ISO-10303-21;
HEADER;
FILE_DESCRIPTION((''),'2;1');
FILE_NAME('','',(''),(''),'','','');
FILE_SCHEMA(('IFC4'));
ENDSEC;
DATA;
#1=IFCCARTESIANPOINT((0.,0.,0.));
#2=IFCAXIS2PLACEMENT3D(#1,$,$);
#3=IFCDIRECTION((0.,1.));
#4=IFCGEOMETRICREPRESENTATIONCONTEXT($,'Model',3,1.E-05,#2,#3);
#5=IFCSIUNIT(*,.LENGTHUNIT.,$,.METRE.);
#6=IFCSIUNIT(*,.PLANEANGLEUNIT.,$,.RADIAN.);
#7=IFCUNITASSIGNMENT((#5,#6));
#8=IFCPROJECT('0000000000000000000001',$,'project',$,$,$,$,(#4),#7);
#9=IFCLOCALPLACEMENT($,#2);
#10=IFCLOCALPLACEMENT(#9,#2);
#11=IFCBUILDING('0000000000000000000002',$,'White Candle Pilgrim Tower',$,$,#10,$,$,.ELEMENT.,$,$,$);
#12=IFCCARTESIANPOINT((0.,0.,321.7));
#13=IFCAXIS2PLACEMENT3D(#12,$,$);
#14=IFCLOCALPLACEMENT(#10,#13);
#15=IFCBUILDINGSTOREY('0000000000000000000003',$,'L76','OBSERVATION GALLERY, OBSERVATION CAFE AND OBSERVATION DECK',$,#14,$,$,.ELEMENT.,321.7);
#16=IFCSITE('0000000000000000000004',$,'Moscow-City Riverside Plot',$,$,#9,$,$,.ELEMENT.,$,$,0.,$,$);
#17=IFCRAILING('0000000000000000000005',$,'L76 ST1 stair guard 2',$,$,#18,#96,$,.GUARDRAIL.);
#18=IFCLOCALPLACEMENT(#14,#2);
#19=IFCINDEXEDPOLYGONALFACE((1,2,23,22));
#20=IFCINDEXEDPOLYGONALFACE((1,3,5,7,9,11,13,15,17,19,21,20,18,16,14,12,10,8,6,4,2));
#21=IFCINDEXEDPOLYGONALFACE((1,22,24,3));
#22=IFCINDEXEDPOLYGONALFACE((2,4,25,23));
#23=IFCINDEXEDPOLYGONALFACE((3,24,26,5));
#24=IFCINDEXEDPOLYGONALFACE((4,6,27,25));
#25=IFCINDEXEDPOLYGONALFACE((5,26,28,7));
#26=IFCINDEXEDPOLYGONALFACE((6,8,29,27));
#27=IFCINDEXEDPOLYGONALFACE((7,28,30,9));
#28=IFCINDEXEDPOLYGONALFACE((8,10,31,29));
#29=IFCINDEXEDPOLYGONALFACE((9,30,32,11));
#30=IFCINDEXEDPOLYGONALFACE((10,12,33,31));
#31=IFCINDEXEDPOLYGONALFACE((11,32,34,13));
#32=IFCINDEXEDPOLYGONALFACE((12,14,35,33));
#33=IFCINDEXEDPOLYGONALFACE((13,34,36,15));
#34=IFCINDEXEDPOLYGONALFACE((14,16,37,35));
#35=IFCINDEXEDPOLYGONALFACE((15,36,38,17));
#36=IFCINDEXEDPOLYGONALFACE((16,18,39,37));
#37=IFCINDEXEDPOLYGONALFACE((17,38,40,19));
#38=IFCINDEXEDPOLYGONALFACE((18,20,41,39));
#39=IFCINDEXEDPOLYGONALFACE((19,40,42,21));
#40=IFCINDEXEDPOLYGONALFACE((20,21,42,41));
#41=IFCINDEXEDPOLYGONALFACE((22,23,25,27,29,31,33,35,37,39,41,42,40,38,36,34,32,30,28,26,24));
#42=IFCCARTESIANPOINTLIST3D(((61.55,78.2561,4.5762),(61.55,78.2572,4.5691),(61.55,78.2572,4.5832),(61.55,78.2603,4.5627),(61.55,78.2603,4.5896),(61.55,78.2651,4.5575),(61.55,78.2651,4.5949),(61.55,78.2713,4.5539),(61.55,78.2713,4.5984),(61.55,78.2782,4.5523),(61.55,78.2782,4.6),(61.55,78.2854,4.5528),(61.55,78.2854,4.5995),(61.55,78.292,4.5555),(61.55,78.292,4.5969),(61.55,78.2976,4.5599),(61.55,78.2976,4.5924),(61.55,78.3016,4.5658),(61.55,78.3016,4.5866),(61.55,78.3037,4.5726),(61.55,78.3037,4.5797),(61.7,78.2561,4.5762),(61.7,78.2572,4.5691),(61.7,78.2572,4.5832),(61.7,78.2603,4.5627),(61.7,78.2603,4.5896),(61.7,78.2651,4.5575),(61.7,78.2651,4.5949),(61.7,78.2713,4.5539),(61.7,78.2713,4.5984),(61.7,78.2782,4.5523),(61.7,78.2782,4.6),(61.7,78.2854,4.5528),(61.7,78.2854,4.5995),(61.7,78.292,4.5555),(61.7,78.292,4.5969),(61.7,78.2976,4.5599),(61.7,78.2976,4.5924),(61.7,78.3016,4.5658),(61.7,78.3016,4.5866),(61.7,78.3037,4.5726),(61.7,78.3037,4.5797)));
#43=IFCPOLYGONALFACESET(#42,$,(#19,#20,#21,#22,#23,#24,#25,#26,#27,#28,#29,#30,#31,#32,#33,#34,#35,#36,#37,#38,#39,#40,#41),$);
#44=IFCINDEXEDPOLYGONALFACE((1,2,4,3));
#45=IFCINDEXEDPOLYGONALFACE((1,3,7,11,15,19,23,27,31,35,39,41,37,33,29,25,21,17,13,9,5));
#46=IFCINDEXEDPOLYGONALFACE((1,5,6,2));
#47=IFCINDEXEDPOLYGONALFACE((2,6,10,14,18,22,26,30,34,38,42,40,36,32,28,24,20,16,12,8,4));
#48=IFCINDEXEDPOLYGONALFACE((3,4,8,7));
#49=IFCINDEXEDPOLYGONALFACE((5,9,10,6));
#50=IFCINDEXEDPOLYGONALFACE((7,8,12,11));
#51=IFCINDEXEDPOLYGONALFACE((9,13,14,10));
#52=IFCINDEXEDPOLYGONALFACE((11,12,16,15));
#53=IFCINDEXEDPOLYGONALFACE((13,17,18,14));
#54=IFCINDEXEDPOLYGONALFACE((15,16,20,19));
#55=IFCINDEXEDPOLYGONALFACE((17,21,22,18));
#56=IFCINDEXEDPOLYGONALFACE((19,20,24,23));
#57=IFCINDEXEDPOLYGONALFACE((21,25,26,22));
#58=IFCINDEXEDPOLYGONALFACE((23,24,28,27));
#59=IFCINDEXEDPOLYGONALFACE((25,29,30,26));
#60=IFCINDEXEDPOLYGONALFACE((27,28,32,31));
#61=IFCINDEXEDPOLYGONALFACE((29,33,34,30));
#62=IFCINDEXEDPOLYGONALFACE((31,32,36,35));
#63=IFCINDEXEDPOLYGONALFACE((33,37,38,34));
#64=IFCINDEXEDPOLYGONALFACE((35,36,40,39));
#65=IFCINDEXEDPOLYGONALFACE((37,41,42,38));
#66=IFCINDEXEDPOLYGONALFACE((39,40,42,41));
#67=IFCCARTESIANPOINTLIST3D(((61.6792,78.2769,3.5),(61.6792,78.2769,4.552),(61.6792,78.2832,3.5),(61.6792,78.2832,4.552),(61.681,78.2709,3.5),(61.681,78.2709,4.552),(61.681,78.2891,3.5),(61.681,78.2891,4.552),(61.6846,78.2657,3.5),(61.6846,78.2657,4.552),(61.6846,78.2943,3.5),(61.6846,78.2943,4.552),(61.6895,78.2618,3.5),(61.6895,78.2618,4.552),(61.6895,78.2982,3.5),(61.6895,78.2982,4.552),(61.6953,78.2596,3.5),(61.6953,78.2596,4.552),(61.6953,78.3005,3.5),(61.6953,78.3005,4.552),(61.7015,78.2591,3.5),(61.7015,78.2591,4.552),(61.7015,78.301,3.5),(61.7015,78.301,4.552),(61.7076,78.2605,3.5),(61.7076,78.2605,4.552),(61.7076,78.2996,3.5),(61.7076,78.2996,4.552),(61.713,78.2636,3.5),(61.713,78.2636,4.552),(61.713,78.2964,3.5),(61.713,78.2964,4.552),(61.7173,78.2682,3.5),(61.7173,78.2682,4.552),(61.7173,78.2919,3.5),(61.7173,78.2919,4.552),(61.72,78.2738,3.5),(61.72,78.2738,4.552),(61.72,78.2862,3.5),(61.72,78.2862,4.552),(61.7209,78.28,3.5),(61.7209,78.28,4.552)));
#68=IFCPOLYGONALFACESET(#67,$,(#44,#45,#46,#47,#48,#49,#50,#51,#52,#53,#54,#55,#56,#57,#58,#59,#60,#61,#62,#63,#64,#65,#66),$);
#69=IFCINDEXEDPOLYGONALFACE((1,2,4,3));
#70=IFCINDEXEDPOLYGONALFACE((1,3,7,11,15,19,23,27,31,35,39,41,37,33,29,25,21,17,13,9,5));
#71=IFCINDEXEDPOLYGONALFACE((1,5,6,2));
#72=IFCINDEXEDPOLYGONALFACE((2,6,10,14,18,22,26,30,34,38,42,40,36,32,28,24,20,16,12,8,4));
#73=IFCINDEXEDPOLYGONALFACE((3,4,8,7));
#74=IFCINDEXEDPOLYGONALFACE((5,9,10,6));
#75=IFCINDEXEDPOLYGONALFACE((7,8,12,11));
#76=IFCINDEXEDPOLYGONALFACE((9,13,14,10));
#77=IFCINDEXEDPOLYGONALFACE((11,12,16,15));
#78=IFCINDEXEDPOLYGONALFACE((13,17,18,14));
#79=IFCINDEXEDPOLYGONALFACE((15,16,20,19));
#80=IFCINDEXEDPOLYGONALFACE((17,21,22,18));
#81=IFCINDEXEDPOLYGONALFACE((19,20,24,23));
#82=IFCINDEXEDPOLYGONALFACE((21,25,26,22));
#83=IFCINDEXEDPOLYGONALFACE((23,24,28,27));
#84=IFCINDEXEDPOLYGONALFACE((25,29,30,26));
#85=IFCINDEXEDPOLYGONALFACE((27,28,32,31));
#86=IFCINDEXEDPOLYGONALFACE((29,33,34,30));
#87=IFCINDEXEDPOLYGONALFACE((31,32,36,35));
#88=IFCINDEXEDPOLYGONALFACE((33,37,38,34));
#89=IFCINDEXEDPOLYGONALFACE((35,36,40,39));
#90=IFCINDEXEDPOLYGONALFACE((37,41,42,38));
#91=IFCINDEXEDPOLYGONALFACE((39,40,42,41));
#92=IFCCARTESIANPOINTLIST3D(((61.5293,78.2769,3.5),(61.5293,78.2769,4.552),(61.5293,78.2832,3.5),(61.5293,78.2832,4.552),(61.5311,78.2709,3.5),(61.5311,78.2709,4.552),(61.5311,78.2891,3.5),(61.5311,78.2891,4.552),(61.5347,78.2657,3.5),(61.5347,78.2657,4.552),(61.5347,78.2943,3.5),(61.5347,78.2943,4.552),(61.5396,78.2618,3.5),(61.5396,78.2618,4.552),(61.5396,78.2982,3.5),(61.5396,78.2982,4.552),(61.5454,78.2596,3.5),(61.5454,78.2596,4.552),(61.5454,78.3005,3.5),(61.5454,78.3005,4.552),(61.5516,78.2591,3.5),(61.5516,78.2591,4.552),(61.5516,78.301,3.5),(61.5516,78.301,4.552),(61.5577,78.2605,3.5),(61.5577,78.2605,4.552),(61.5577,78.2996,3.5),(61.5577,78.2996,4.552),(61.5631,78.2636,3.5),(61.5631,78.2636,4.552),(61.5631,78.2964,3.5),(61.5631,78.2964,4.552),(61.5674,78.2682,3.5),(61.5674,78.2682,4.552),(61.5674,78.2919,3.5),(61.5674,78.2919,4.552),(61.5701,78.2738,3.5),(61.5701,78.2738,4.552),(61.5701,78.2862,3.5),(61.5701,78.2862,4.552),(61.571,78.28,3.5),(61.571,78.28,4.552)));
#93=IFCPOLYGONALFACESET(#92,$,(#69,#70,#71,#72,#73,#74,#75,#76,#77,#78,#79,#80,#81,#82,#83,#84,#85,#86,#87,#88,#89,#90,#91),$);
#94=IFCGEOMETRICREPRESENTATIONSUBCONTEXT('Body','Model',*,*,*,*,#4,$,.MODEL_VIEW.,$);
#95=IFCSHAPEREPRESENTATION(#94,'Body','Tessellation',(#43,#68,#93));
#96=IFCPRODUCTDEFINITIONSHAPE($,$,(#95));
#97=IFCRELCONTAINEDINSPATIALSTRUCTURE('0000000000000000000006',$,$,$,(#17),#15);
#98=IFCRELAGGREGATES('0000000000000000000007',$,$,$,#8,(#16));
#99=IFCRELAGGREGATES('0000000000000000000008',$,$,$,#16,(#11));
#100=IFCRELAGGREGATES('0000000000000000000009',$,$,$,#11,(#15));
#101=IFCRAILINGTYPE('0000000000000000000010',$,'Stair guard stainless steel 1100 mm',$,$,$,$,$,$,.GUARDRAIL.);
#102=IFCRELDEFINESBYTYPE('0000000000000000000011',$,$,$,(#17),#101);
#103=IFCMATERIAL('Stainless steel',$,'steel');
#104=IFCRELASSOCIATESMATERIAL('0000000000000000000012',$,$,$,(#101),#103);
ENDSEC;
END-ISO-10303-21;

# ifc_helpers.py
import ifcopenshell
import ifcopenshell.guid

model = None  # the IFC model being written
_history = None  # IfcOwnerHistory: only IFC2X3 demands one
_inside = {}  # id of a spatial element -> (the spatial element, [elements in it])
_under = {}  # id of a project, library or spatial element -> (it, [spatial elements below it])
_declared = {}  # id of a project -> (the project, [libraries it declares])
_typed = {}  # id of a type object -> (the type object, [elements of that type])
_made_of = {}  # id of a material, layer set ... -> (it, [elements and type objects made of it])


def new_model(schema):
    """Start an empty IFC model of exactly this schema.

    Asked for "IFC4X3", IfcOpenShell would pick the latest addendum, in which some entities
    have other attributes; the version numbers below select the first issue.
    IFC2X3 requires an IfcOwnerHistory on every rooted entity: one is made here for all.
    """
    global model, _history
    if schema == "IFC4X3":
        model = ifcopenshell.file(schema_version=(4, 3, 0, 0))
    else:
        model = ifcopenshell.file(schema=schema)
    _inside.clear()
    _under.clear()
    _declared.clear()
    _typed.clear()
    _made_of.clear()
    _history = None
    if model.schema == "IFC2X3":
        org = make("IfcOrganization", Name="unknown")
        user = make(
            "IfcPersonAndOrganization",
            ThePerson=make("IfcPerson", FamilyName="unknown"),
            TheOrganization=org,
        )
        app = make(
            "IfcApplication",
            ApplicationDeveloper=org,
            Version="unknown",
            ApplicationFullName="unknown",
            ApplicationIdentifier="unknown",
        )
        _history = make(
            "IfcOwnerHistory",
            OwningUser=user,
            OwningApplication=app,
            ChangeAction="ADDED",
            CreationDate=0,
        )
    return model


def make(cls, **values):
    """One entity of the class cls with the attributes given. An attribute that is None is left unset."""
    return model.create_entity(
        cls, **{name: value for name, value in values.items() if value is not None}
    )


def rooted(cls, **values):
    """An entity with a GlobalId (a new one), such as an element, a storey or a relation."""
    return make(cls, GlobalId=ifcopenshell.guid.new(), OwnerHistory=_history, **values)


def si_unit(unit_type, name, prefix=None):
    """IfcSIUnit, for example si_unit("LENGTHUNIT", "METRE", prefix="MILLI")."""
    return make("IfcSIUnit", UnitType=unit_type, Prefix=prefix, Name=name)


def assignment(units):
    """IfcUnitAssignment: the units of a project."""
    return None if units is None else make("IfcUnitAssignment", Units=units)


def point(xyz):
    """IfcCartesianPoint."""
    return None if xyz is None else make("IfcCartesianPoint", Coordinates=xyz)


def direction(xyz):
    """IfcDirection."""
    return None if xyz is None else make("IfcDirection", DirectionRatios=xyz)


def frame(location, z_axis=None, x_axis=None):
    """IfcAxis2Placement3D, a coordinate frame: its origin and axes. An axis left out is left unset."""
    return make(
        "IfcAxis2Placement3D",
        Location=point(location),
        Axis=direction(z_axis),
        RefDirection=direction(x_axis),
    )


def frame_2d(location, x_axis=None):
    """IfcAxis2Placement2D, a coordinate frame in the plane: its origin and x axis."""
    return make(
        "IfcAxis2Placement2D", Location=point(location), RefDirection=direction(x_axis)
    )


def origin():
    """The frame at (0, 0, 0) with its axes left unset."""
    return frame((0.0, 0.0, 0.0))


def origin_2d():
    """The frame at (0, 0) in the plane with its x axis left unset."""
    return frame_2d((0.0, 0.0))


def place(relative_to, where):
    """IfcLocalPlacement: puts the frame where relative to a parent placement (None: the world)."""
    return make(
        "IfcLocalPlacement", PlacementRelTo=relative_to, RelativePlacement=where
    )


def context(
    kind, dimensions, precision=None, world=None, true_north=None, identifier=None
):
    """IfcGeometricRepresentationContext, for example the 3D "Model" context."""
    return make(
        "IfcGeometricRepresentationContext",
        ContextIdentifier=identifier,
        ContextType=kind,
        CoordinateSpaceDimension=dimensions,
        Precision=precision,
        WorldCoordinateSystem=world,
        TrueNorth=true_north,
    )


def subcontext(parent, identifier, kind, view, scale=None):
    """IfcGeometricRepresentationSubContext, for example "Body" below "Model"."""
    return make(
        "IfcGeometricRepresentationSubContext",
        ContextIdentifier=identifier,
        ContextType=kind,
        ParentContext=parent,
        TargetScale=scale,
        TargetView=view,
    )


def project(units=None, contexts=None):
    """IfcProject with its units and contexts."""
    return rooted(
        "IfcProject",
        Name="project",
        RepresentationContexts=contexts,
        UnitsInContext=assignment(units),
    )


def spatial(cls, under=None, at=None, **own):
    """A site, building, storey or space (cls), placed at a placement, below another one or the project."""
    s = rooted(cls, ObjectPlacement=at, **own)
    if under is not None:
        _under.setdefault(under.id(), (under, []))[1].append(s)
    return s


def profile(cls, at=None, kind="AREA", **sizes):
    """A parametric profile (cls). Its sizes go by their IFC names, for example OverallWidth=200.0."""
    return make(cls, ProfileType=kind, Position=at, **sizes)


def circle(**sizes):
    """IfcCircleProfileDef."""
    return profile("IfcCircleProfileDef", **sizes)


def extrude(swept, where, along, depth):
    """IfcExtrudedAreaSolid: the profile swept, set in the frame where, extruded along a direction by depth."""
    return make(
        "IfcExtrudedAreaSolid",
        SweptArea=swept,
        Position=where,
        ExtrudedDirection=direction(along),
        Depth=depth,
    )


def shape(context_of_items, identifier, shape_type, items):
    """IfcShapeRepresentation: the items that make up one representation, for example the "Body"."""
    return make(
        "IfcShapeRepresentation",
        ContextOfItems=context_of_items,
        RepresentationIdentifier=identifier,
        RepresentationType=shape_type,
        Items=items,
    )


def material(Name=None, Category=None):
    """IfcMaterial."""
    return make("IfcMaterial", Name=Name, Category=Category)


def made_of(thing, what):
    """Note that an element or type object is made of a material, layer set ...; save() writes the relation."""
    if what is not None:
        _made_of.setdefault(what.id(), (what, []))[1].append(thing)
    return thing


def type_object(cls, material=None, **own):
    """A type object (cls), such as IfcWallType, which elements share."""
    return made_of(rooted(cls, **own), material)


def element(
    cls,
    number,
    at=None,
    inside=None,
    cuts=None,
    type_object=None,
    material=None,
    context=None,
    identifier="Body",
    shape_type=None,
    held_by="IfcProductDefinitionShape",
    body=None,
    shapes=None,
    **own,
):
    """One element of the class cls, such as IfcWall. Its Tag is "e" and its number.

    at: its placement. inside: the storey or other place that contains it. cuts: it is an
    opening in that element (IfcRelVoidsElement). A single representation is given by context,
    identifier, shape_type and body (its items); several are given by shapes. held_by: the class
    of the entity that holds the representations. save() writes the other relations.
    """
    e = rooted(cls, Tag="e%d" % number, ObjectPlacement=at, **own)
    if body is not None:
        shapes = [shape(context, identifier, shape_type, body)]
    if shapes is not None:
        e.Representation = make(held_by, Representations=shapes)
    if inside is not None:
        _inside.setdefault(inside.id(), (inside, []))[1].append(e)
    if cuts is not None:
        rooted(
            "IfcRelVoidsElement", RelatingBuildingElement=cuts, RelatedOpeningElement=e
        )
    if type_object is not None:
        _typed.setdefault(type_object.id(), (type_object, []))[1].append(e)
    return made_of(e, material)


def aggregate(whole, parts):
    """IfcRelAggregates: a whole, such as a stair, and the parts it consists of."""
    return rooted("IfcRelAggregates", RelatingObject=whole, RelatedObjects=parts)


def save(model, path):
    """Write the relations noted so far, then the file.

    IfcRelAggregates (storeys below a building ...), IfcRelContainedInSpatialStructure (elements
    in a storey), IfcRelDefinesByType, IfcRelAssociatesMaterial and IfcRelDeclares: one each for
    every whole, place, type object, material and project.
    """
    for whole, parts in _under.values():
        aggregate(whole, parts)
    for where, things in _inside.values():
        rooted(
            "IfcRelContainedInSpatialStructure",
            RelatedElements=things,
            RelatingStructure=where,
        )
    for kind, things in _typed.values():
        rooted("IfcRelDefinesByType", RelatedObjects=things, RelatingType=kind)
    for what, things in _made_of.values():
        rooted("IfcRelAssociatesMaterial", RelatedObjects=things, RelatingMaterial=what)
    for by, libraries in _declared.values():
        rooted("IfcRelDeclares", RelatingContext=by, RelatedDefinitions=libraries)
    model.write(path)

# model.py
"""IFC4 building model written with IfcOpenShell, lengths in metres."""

from ifc_helpers import new_model, si_unit, direction, frame, origin, origin_2d, place, context, subcontext, project, spatial, circle, extrude, material, type_object, element, save


model = new_model("IFC4")

# Units and contexts
model_context = context("Model", 3, precision=1e-05, world=origin(), true_north=direction((0.0, 1.0)))
body_context = subcontext(model_context, "Body", "Model", "MODEL_VIEW")
ifc_project = project(units=[si_unit("LENGTHUNIT", "METRE"), si_unit("PLANEANGLEUNIT", "RADIAN")], contexts=[model_context])

# Site, building, storey
site_placement = place(None, origin())
site = spatial("IfcSite", under=ifc_project, at=site_placement, Name="Moscow-City Riverside Plot", CompositionType="ELEMENT", RefElevation=0.0)
building_placement = place(site_placement, origin())
building = spatial("IfcBuilding", under=site, at=building_placement, Name="White Candle Pilgrim Tower", CompositionType="ELEMENT")
storey_placement = place(building_placement, frame((0.0, 0.0, 321.7)))
storey = spatial("IfcBuildingStorey", under=building, at=storey_placement, Name="L76", Description="OBSERVATION GALLERY, OBSERVATION CAFE AND OBSERVATION DECK", CompositionType="ELEMENT", Elevation=321.7)

# Shared definitions
ifc_material_1 = material(Name="Stainless steel", Category="steel")

# Railing
railing_type = type_object("IfcRailingType", Name="Stair guard stainless steel 1100 mm", PredefinedType="GUARDRAIL", material=ifc_material_1)
railing_placement = place(storey_placement, frame((61.7, 78.28, 3.5)))
element("IfcRailing", 1, at=railing_placement, inside=storey, type_object=railing_type, Name="L76 ST1 stair guard 2", PredefinedType="GUARDRAIL", context=body_context, shape_type="SweptSolid", body=[
    extrude(circle(Radius=0.0239, at=origin_2d()), frame((0.0, 0.0, 1.0762), z_axis=(-1.0, 0.0, 0.0), x_axis=(0.0, -1.0, 0.0)), (0.0, 0.0, 1.0), 0.1499),
    extrude(circle(Radius=0.021, at=origin_2d()), origin(), (0.0, 0.0, 1.0), 1.052),
    extrude(circle(Radius=0.021, at=origin_2d()), frame((-0.1499, 0.0, 0.0)), (0.0, 0.0, 1.0), 1.052),
])

save(model, "model.ifc")
